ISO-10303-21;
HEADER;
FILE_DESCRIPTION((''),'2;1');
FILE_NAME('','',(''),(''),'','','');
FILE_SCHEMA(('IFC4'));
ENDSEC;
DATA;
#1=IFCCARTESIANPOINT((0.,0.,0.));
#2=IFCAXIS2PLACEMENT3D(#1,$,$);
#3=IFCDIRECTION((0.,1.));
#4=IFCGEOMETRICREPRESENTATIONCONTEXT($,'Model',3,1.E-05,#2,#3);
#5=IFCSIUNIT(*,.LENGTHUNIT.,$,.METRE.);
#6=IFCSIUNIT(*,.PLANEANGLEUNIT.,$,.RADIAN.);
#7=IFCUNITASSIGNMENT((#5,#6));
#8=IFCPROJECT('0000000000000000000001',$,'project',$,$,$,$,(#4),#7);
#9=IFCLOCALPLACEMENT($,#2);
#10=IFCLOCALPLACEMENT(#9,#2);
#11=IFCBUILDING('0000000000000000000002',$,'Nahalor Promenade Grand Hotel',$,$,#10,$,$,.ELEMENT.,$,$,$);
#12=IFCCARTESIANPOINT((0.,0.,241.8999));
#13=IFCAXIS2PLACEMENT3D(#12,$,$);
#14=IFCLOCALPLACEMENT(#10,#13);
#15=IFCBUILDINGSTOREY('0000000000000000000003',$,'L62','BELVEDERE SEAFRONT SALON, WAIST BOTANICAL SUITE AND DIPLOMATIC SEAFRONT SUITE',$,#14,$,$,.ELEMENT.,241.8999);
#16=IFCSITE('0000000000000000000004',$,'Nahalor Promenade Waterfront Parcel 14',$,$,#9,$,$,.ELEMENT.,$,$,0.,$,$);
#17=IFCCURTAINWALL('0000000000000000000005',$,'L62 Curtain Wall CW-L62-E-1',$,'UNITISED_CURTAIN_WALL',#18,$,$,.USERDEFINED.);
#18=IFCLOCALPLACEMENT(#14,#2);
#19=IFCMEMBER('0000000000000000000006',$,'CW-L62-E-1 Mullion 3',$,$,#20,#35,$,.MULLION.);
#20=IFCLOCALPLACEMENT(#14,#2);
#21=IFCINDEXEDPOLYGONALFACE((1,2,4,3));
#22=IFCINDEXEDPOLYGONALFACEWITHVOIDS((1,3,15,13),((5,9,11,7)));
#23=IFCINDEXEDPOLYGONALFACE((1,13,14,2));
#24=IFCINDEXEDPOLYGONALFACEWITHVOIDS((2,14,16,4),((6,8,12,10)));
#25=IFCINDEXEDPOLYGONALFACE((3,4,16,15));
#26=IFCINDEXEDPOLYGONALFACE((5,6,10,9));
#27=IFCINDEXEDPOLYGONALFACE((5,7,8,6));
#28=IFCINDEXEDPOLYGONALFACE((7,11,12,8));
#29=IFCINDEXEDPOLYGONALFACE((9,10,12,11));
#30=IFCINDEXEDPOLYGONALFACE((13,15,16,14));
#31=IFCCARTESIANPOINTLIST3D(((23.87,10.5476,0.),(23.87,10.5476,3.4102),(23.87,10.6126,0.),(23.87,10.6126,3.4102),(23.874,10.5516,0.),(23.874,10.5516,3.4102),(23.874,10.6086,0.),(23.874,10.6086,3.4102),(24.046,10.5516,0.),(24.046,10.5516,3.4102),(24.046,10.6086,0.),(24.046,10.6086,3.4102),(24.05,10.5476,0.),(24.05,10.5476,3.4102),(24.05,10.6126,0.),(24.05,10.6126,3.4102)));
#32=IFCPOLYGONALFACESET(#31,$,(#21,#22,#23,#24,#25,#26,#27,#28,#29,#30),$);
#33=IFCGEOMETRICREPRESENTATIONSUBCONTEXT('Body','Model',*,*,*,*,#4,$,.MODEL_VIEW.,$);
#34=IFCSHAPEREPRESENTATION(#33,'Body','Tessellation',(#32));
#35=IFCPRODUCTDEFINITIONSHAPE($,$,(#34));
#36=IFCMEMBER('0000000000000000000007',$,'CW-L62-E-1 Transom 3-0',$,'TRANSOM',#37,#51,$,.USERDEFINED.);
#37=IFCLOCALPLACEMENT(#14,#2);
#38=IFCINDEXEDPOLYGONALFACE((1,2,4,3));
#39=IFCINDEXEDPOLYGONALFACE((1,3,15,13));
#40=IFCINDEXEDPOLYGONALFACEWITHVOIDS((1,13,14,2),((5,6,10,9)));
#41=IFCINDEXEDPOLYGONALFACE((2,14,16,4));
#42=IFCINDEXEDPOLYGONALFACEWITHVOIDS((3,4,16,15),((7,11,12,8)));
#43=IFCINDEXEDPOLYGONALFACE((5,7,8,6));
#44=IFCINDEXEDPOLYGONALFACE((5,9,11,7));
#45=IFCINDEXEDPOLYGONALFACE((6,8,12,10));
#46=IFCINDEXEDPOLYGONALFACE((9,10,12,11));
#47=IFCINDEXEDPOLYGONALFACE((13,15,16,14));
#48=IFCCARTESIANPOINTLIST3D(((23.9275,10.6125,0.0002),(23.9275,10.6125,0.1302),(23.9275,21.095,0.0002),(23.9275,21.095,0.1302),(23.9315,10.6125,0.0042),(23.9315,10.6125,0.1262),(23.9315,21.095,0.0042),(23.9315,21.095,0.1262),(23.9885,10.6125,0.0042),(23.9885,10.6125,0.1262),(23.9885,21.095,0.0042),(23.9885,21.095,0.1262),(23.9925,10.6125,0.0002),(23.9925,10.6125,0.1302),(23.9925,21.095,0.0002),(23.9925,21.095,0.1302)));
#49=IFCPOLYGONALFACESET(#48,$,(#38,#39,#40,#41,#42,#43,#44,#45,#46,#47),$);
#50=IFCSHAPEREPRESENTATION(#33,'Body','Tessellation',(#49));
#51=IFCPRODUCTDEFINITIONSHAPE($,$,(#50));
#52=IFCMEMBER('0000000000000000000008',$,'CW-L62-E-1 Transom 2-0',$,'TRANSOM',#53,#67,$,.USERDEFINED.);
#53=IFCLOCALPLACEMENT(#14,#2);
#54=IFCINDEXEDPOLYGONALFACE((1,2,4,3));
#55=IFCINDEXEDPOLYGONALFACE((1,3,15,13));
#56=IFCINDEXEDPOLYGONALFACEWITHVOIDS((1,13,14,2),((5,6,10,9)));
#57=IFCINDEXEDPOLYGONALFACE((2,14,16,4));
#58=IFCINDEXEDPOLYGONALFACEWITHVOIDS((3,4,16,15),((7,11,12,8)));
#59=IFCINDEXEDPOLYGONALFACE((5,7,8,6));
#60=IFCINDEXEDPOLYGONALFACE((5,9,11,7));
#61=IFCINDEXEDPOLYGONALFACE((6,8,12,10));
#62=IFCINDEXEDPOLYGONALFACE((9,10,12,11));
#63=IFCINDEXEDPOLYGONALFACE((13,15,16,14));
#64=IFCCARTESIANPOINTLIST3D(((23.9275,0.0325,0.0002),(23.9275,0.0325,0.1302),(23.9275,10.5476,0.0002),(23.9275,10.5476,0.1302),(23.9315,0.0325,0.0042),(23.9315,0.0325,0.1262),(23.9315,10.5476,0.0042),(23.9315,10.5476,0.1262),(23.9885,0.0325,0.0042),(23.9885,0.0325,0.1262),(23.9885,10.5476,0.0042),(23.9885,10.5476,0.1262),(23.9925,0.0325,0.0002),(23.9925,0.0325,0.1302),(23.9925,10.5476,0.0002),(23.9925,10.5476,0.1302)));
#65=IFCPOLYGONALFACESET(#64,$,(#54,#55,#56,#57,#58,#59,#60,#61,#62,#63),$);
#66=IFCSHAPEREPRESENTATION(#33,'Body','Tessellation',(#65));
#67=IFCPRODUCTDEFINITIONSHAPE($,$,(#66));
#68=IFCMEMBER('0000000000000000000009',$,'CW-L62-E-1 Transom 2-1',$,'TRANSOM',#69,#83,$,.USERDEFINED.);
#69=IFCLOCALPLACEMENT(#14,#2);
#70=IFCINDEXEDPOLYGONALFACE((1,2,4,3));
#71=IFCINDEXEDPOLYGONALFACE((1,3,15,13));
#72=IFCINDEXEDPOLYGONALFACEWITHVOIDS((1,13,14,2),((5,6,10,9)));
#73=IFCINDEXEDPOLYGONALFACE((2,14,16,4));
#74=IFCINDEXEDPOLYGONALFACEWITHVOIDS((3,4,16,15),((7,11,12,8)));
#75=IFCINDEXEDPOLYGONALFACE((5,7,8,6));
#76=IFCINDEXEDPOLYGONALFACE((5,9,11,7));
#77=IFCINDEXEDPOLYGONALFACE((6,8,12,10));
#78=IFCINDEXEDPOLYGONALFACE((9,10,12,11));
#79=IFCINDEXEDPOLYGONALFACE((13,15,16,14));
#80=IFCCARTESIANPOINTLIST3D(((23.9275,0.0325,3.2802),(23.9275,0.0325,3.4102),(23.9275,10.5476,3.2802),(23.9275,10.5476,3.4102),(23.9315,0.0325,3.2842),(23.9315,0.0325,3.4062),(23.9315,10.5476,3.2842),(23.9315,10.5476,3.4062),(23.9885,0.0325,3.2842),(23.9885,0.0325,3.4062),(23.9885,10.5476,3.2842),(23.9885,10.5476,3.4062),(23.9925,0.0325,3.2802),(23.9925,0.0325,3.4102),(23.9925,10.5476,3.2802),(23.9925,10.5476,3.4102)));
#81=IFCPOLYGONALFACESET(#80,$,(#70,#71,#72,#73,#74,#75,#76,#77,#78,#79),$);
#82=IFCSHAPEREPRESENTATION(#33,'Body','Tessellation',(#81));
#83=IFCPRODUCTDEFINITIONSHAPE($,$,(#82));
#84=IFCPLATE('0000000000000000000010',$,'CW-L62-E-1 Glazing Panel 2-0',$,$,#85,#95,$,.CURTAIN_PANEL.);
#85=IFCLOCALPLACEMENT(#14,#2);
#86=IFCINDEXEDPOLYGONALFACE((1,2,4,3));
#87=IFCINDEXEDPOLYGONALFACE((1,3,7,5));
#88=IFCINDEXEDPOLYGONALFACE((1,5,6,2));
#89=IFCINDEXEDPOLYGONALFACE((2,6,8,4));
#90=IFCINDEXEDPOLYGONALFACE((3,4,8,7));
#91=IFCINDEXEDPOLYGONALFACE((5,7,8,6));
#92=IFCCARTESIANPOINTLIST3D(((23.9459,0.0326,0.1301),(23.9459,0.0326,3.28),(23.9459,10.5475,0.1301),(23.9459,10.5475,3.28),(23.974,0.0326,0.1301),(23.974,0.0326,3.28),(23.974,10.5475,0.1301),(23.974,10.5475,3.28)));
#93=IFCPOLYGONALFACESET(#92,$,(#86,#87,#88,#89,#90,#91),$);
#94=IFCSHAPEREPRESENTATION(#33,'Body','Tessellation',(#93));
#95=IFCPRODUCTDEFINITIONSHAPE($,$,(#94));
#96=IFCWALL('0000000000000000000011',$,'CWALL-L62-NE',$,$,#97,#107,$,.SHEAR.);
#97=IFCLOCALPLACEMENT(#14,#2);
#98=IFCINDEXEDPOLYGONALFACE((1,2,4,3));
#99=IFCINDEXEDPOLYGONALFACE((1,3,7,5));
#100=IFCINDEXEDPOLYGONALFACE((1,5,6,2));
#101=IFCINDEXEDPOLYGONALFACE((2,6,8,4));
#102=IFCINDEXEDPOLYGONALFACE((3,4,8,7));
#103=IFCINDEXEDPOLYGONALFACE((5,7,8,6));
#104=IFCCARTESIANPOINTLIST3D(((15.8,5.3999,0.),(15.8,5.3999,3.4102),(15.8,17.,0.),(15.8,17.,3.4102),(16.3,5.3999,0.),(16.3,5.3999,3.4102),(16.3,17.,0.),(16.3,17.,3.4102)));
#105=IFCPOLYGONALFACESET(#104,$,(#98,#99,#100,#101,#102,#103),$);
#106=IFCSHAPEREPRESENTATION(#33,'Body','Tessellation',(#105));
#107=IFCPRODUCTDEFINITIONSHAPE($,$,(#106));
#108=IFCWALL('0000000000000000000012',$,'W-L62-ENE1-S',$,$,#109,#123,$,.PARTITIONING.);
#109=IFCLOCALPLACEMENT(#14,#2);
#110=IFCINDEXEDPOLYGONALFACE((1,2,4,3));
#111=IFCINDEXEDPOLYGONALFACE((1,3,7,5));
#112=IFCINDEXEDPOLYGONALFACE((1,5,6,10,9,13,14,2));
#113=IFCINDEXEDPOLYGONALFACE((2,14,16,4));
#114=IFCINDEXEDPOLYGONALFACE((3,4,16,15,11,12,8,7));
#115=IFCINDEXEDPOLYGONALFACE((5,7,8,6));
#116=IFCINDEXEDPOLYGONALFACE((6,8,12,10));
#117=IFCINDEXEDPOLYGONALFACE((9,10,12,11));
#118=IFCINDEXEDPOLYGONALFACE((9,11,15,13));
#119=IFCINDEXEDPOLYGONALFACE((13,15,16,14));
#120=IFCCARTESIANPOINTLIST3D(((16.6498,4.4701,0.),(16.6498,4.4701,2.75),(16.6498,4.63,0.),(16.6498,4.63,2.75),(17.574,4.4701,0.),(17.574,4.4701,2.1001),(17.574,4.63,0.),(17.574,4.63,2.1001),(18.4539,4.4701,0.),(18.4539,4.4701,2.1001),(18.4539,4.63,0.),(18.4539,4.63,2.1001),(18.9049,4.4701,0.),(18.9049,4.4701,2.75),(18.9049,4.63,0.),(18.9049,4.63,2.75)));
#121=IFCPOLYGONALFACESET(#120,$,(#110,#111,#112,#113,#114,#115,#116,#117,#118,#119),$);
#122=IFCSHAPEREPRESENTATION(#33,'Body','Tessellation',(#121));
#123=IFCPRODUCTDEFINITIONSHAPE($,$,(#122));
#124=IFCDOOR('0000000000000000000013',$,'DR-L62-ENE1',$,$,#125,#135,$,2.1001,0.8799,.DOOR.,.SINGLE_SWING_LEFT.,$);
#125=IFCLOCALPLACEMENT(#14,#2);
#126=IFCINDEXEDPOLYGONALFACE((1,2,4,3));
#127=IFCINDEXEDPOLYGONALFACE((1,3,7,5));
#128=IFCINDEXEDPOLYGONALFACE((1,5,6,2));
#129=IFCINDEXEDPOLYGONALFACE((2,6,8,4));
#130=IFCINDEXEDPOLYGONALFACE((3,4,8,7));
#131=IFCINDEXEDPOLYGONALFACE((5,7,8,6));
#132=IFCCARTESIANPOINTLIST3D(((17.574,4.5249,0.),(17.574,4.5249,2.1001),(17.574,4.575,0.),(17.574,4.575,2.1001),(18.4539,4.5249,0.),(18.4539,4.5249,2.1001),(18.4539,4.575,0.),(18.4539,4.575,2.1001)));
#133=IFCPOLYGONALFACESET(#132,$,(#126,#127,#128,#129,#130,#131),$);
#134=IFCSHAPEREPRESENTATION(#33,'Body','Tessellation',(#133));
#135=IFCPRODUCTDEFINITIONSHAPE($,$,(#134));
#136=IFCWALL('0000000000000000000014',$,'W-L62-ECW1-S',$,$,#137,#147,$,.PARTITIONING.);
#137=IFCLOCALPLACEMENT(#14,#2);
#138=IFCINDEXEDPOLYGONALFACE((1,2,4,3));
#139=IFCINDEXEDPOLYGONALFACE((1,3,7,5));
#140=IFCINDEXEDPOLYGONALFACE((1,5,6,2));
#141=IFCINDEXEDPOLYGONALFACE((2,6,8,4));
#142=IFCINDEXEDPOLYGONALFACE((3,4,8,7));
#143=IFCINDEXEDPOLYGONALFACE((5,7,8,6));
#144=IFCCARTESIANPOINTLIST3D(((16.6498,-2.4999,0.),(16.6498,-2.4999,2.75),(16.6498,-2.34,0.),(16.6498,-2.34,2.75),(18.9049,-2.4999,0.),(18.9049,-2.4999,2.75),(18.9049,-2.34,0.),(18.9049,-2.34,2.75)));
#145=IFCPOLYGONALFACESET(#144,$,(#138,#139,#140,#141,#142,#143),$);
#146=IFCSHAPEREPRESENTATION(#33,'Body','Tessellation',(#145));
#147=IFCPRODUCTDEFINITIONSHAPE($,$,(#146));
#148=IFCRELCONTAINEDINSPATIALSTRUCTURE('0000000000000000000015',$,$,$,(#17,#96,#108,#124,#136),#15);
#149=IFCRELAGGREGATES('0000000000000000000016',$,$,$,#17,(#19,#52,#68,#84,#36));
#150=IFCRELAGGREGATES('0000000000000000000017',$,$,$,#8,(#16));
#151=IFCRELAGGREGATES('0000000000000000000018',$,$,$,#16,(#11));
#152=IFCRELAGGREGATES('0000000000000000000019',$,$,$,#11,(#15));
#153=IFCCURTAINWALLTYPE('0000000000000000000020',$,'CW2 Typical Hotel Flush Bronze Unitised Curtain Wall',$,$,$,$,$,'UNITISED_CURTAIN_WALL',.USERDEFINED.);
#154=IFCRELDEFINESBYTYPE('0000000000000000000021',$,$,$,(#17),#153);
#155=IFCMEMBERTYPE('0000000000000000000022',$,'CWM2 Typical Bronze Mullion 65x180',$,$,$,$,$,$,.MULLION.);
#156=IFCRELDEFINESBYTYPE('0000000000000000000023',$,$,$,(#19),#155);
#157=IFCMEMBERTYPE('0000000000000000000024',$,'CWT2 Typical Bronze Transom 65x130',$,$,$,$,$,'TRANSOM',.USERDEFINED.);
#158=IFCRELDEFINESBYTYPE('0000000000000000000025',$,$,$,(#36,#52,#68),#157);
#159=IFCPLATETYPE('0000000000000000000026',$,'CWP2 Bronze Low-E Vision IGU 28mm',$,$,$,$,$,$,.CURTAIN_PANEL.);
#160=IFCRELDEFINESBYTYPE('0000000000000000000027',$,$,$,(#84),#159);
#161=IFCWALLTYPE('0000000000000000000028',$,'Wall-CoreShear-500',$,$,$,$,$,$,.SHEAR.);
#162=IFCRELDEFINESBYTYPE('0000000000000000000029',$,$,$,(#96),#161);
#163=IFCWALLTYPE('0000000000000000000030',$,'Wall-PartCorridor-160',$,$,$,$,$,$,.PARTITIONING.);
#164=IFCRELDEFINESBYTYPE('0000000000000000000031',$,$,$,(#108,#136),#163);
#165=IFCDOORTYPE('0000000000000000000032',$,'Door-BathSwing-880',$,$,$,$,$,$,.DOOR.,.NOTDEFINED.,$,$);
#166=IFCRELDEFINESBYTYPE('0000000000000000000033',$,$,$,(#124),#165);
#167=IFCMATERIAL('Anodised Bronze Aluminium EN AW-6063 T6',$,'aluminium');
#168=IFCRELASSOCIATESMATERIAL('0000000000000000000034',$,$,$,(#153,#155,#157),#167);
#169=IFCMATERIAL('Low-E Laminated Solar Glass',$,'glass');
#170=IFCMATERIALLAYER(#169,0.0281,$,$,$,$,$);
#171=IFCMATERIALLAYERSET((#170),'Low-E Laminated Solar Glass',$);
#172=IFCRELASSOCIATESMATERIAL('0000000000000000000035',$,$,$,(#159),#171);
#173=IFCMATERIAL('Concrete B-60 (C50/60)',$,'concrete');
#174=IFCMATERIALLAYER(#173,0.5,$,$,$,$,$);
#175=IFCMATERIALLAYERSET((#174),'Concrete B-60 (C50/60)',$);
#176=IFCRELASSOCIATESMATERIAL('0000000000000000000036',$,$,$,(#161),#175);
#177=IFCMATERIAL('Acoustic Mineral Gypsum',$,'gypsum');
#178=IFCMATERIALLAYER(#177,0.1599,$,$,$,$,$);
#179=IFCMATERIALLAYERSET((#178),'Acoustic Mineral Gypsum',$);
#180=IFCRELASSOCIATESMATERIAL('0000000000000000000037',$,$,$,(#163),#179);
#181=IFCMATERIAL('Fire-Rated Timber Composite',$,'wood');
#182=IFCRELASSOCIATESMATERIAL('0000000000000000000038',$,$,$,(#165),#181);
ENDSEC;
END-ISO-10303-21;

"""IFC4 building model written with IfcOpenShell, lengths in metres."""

from ifc_helpers import new_model, si_unit, direction, frame, frame_2d, origin, origin_2d, place, context, subcontext, project, spatial, rectangle, hollow_rectangle, extrude, source, transform, mapped, material, layer, layer_set, material_profile, profile_set, type_object, element, fill, aggregate, save


model = new_model("IFC4")

# Units and contexts
model_context = context("Model", 3, precision=1e-05, world=origin(), true_north=direction((0.0, 1.0)))
body_context = subcontext(model_context, "Body", "Model", "MODEL_VIEW")
ifc_project = project(units=[si_unit("LENGTHUNIT", "METRE"), si_unit("PLANEANGLEUNIT", "RADIAN")], contexts=[model_context])

# Site, building, storey
site_placement = place(None, origin())
site = spatial("IfcSite", under=ifc_project, at=site_placement, Name="Nahalor Promenade Waterfront Parcel 14", CompositionType="ELEMENT", RefElevation=0.0)
building_placement = place(site_placement, origin())
building = spatial("IfcBuilding", under=site, at=building_placement, Name="Nahalor Promenade Grand Hotel", CompositionType="ELEMENT")
storey_placement = place(building_placement, frame((0.0, 0.0, 241.8999)))
storey = spatial("IfcBuildingStorey", under=building, at=storey_placement, Name="L62", Description="BELVEDERE SEAFRONT SALON, WAIST BOTANICAL SUITE AND DIPLOMATIC SEAFRONT SUITE", CompositionType="ELEMENT", Elevation=241.8999)

# Curtain wall, members, plate
ifc_material_1 = material(Name="Anodised Bronze Aluminium EN AW-6063 T6", Category="aluminium")
curtain_wall_type = type_object("IfcCurtainWallType", Name="CW2 Typical Hotel Flush Bronze Unitised Curtain Wall", ElementType="UNITISED_CURTAIN_WALL", PredefinedType="USERDEFINED", material=ifc_material_1)
curtain_wall_placement = place(storey_placement, origin())
curtain_wall = element("IfcCurtainWall", 1, at=curtain_wall_placement, inside=storey, type_object=curtain_wall_type, Name="L62 Curtain Wall CW-L62-E-1", ObjectType="UNITISED_CURTAIN_WALL", PredefinedType="USERDEFINED")
ifc_material_profile_1 = material_profile(ifc_material_1, hollow_rectangle(XDim=0.065, YDim=0.18, WallThickness=0.004, at=origin_2d()), Name="CWM 65x180x4")
ifc_profile_set_1 = profile_set([ifc_material_profile_1], Name="Anodised Bronze Aluminium EN AW-6063 T6")
member_type_1 = type_object("IfcMemberType", Name="CWM2 Typical Bronze Mullion 65x180", PredefinedType="MULLION", material=ifc_profile_set_1)
shared_shape_1 = source(origin(), body_context, "Body", "SweptSolid", [
    extrude(hollow_rectangle(XDim=0.065, YDim=0.18, WallThickness=0.004, at=origin_2d()), origin(), (0.0, 0.0, 1.0), 3.4102),
])
member_1_placement = place(storey_placement, frame((23.96, 10.5801, 0.0), z_axis=(0.0, 0.0, 1.0), x_axis=(0.0, 1.0, 0.0)))
member_1 = element("IfcMember", 2, at=member_1_placement, type_object=member_type_1, Name="CW-L62-E-1 Mullion 3", PredefinedType="MULLION", context=body_context, shape_type="MappedRepresentation", body=[
    mapped(shared_shape_1, transform((0.0, 0.0, 0.0), scale=1.0)),
])
ifc_material_profile_2 = material_profile(ifc_material_1, hollow_rectangle(XDim=0.065, YDim=0.13, WallThickness=0.004, at=origin_2d()), Name="CWT 65x130x4")
ifc_profile_set_2 = profile_set([ifc_material_profile_2], Name="Anodised Bronze Aluminium EN AW-6063 T6")
member_type_2 = type_object("IfcMemberType", Name="CWT2 Typical Bronze Transom 65x130", ElementType="TRANSOM", PredefinedType="USERDEFINED", material=ifc_profile_set_2)
shared_shape_2 = source(origin(), body_context, "Body", "SweptSolid", [
    extrude(hollow_rectangle(XDim=0.065, YDim=0.13, WallThickness=0.004, at=origin_2d()), origin(), (0.0, 0.0, 1.0), 10.4824),
])
member_2_placement = place(storey_placement, frame((23.96, 10.6125, 0.0652), z_axis=(0.0, 1.0, 0.0), x_axis=(-1.0, 0.0, 0.0)))
member_2 = element("IfcMember", 3, at=member_2_placement, type_object=member_type_2, Name="CW-L62-E-1 Transom 3-0", ObjectType="TRANSOM", PredefinedType="USERDEFINED", context=body_context, shape_type="MappedRepresentation", body=[
    mapped(shared_shape_2, transform((0.0, 0.0, 0.0), scale=1.0)),
])
shared_shape_3 = source(origin(), body_context, "Body", "SweptSolid", [
    extrude(hollow_rectangle(XDim=0.065, YDim=0.13, WallThickness=0.004, at=origin_2d()), origin(), (0.0, 0.0, 1.0), 10.5151),
])
member_3_placement = place(storey_placement, frame((23.96, 0.0325, 0.0652), z_axis=(0.0, 1.0, 0.0), x_axis=(-1.0, 0.0, 0.0)))
member_3 = element("IfcMember", 4, at=member_3_placement, type_object=member_type_2, Name="CW-L62-E-1 Transom 2-0", ObjectType="TRANSOM", PredefinedType="USERDEFINED", context=body_context, shape_type="MappedRepresentation", body=[
    mapped(shared_shape_3, transform((0.0, 0.0, 0.0), scale=1.0)),
])
member_4_placement = place(storey_placement, frame((23.96, 0.0325, 3.3452), z_axis=(0.0, 1.0, 0.0), x_axis=(-1.0, 0.0, 0.0)))
member_4 = element("IfcMember", 5, at=member_4_placement, type_object=member_type_2, Name="CW-L62-E-1 Transom 2-1", ObjectType="TRANSOM", PredefinedType="USERDEFINED", context=body_context, shape_type="MappedRepresentation", body=[
    mapped(shared_shape_3, transform((0.0, 0.0, 0.0), scale=1.0)),
])
ifc_material_2 = material(Name="Low-E Laminated Solar Glass", Category="glass")
ifc_layer_1 = layer(ifc_material_2, 0.0281)
ifc_layer_set_1 = layer_set([ifc_layer_1], Name="Low-E Laminated Solar Glass")
plate_type = type_object("IfcPlateType", Name="CWP2 Bronze Low-E Vision IGU 28mm", PredefinedType="CURTAIN_PANEL", material=ifc_layer_set_1)
shared_shape_4 = source(origin(), body_context, "Body", "SweptSolid", [
    extrude(rectangle(XDim=10.5149, YDim=0.0281, at=origin_2d()), origin(), (0.0, 0.0, 1.0), 3.1499),
])
plate_placement = place(storey_placement, frame((23.96, 5.29, 0.1301), z_axis=(0.0, 0.0, 1.0), x_axis=(0.0, 1.0, 0.0)))
plate = element("IfcPlate", 6, at=plate_placement, type_object=plate_type, Name="CW-L62-E-1 Glazing Panel 2-0", PredefinedType="CURTAIN_PANEL", context=body_context, shape_type="MappedRepresentation", body=[
    mapped(shared_shape_4, transform((0.0, 0.0, 0.0), scale=1.0)),
])
aggregate(curtain_wall, [member_1, member_3, member_4, plate, member_2])

# Wall
ifc_material_3 = material(Name="Concrete B-60 (C50/60)", Category="concrete")
ifc_layer_2 = layer(ifc_material_3, 0.5)
ifc_layer_set_2 = layer_set([ifc_layer_2], Name="Concrete B-60 (C50/60)")
wall_type_1 = type_object("IfcWallType", Name="Wall-CoreShear-500", PredefinedType="SHEAR", material=ifc_layer_set_2)
shared_shape_5 = source(origin(), body_context, "Body", "SweptSolid", [
    extrude(rectangle(XDim=11.6001, YDim=0.5, at=frame_2d((5.8, 0.0))), origin(), (0.0, 0.0, 1.0), 3.4102),
])
wall_1_placement = place(storey_placement, frame((16.05, 5.3999, 0.0), z_axis=(0.0, 0.0, 1.0), x_axis=(0.0, 1.0, 0.0)))
element("IfcWall", 7, at=wall_1_placement, inside=storey, type_object=wall_type_1, Name="CWALL-L62-NE", PredefinedType="SHEAR", context=body_context, shape_type="MappedRepresentation", body=[
    mapped(shared_shape_5, transform((0.0, 0.0, 0.0), scale=1.0)),
])

# Wall, opening, door
ifc_material_4 = material(Name="Acoustic Mineral Gypsum", Category="gypsum")
ifc_layer_3 = layer(ifc_material_4, 0.1599)
ifc_layer_set_3 = layer_set([ifc_layer_3], Name="Acoustic Mineral Gypsum")
wall_type_2 = type_object("IfcWallType", Name="Wall-PartCorridor-160", PredefinedType="PARTITIONING", material=ifc_layer_set_3)
shared_shape_6 = source(origin(), body_context, "Body", "SweptSolid", [
    extrude(rectangle(XDim=2.2551, YDim=0.1599, at=frame_2d((1.1274, 0.0))), origin(), (0.0, 0.0, 1.0), 2.75),
])
wall_2_placement = place(storey_placement, frame((16.6499, 4.55, 0.0), z_axis=(0.0, 0.0, 1.0), x_axis=(1.0, 0.0, 0.0)))
wall_2 = element("IfcWall", 8, at=wall_2_placement, inside=storey, type_object=wall_type_2, Name="W-L62-ENE1-S", PredefinedType="PARTITIONING", context=body_context, shape_type="MappedRepresentation", body=[
    mapped(shared_shape_6, transform((0.0, 0.0, 0.0), scale=1.0)),
])
opening_1_placement = place(wall_2_placement, frame((0.9241, 0.0, 0.0)))
opening_1 = element("IfcOpeningElement", 9, at=opening_1_placement, cuts=wall_2, PredefinedType="OPENING", context=body_context, shape_type="SweptSolid", body=[
    extrude(rectangle(XDim=0.8799, YDim=2.1001, at=frame_2d((0.4399, 1.05))), frame((0.0, 0.0898, 0.0), z_axis=(0.0, -1.0, 0.0), x_axis=(1.0, 0.0, 0.0)), (0.0, 0.0, 1.0), 0.1799),
])
ifc_material_5 = material(Name="Fire-Rated Timber Composite", Category="wood")
door_type = type_object("IfcDoorType", Name="Door-BathSwing-880", OperationType="NOTDEFINED", PredefinedType="DOOR", material=ifc_material_5)
shared_shape_7 = source(origin(), body_context, "Body", "SweptSolid", [
    extrude(rectangle(XDim=0.8799, YDim=2.1001, at=frame_2d((0.4399, 1.05))), frame((0.0, 0.0249, 0.0), z_axis=(0.0, -1.0, 0.0), x_axis=(1.0, 0.0, 0.0)), (0.0, 0.0, 1.0), 0.05),
])
door_1_placement = place(opening_1_placement, origin())
door_1 = element("IfcDoor", 10, at=door_1_placement, inside=storey, type_object=door_type, Name="DR-L62-ENE1", OperationType="SINGLE_SWING_LEFT", OverallHeight=2.1001, OverallWidth=0.8799, PredefinedType="DOOR", context=body_context, shape_type="MappedRepresentation", body=[
    mapped(shared_shape_7, transform((0.0, 0.0, 0.0), scale=1.0)),
])
fill(opening_1, door_1)

# Wall
wall_3_placement = place(storey_placement, frame((16.6499, -2.4199, 0.0), z_axis=(0.0, 0.0, 1.0), x_axis=(1.0, 0.0, 0.0)))
element("IfcWall", 11, at=wall_3_placement, inside=storey, type_object=wall_type_2, Name="W-L62-ECW1-S", PredefinedType="PARTITIONING", context=body_context, shape_type="MappedRepresentation", body=[
    mapped(shared_shape_6, transform((0.0, 0.0, 0.0), scale=1.0)),
])

save(model, "model.ifc")
